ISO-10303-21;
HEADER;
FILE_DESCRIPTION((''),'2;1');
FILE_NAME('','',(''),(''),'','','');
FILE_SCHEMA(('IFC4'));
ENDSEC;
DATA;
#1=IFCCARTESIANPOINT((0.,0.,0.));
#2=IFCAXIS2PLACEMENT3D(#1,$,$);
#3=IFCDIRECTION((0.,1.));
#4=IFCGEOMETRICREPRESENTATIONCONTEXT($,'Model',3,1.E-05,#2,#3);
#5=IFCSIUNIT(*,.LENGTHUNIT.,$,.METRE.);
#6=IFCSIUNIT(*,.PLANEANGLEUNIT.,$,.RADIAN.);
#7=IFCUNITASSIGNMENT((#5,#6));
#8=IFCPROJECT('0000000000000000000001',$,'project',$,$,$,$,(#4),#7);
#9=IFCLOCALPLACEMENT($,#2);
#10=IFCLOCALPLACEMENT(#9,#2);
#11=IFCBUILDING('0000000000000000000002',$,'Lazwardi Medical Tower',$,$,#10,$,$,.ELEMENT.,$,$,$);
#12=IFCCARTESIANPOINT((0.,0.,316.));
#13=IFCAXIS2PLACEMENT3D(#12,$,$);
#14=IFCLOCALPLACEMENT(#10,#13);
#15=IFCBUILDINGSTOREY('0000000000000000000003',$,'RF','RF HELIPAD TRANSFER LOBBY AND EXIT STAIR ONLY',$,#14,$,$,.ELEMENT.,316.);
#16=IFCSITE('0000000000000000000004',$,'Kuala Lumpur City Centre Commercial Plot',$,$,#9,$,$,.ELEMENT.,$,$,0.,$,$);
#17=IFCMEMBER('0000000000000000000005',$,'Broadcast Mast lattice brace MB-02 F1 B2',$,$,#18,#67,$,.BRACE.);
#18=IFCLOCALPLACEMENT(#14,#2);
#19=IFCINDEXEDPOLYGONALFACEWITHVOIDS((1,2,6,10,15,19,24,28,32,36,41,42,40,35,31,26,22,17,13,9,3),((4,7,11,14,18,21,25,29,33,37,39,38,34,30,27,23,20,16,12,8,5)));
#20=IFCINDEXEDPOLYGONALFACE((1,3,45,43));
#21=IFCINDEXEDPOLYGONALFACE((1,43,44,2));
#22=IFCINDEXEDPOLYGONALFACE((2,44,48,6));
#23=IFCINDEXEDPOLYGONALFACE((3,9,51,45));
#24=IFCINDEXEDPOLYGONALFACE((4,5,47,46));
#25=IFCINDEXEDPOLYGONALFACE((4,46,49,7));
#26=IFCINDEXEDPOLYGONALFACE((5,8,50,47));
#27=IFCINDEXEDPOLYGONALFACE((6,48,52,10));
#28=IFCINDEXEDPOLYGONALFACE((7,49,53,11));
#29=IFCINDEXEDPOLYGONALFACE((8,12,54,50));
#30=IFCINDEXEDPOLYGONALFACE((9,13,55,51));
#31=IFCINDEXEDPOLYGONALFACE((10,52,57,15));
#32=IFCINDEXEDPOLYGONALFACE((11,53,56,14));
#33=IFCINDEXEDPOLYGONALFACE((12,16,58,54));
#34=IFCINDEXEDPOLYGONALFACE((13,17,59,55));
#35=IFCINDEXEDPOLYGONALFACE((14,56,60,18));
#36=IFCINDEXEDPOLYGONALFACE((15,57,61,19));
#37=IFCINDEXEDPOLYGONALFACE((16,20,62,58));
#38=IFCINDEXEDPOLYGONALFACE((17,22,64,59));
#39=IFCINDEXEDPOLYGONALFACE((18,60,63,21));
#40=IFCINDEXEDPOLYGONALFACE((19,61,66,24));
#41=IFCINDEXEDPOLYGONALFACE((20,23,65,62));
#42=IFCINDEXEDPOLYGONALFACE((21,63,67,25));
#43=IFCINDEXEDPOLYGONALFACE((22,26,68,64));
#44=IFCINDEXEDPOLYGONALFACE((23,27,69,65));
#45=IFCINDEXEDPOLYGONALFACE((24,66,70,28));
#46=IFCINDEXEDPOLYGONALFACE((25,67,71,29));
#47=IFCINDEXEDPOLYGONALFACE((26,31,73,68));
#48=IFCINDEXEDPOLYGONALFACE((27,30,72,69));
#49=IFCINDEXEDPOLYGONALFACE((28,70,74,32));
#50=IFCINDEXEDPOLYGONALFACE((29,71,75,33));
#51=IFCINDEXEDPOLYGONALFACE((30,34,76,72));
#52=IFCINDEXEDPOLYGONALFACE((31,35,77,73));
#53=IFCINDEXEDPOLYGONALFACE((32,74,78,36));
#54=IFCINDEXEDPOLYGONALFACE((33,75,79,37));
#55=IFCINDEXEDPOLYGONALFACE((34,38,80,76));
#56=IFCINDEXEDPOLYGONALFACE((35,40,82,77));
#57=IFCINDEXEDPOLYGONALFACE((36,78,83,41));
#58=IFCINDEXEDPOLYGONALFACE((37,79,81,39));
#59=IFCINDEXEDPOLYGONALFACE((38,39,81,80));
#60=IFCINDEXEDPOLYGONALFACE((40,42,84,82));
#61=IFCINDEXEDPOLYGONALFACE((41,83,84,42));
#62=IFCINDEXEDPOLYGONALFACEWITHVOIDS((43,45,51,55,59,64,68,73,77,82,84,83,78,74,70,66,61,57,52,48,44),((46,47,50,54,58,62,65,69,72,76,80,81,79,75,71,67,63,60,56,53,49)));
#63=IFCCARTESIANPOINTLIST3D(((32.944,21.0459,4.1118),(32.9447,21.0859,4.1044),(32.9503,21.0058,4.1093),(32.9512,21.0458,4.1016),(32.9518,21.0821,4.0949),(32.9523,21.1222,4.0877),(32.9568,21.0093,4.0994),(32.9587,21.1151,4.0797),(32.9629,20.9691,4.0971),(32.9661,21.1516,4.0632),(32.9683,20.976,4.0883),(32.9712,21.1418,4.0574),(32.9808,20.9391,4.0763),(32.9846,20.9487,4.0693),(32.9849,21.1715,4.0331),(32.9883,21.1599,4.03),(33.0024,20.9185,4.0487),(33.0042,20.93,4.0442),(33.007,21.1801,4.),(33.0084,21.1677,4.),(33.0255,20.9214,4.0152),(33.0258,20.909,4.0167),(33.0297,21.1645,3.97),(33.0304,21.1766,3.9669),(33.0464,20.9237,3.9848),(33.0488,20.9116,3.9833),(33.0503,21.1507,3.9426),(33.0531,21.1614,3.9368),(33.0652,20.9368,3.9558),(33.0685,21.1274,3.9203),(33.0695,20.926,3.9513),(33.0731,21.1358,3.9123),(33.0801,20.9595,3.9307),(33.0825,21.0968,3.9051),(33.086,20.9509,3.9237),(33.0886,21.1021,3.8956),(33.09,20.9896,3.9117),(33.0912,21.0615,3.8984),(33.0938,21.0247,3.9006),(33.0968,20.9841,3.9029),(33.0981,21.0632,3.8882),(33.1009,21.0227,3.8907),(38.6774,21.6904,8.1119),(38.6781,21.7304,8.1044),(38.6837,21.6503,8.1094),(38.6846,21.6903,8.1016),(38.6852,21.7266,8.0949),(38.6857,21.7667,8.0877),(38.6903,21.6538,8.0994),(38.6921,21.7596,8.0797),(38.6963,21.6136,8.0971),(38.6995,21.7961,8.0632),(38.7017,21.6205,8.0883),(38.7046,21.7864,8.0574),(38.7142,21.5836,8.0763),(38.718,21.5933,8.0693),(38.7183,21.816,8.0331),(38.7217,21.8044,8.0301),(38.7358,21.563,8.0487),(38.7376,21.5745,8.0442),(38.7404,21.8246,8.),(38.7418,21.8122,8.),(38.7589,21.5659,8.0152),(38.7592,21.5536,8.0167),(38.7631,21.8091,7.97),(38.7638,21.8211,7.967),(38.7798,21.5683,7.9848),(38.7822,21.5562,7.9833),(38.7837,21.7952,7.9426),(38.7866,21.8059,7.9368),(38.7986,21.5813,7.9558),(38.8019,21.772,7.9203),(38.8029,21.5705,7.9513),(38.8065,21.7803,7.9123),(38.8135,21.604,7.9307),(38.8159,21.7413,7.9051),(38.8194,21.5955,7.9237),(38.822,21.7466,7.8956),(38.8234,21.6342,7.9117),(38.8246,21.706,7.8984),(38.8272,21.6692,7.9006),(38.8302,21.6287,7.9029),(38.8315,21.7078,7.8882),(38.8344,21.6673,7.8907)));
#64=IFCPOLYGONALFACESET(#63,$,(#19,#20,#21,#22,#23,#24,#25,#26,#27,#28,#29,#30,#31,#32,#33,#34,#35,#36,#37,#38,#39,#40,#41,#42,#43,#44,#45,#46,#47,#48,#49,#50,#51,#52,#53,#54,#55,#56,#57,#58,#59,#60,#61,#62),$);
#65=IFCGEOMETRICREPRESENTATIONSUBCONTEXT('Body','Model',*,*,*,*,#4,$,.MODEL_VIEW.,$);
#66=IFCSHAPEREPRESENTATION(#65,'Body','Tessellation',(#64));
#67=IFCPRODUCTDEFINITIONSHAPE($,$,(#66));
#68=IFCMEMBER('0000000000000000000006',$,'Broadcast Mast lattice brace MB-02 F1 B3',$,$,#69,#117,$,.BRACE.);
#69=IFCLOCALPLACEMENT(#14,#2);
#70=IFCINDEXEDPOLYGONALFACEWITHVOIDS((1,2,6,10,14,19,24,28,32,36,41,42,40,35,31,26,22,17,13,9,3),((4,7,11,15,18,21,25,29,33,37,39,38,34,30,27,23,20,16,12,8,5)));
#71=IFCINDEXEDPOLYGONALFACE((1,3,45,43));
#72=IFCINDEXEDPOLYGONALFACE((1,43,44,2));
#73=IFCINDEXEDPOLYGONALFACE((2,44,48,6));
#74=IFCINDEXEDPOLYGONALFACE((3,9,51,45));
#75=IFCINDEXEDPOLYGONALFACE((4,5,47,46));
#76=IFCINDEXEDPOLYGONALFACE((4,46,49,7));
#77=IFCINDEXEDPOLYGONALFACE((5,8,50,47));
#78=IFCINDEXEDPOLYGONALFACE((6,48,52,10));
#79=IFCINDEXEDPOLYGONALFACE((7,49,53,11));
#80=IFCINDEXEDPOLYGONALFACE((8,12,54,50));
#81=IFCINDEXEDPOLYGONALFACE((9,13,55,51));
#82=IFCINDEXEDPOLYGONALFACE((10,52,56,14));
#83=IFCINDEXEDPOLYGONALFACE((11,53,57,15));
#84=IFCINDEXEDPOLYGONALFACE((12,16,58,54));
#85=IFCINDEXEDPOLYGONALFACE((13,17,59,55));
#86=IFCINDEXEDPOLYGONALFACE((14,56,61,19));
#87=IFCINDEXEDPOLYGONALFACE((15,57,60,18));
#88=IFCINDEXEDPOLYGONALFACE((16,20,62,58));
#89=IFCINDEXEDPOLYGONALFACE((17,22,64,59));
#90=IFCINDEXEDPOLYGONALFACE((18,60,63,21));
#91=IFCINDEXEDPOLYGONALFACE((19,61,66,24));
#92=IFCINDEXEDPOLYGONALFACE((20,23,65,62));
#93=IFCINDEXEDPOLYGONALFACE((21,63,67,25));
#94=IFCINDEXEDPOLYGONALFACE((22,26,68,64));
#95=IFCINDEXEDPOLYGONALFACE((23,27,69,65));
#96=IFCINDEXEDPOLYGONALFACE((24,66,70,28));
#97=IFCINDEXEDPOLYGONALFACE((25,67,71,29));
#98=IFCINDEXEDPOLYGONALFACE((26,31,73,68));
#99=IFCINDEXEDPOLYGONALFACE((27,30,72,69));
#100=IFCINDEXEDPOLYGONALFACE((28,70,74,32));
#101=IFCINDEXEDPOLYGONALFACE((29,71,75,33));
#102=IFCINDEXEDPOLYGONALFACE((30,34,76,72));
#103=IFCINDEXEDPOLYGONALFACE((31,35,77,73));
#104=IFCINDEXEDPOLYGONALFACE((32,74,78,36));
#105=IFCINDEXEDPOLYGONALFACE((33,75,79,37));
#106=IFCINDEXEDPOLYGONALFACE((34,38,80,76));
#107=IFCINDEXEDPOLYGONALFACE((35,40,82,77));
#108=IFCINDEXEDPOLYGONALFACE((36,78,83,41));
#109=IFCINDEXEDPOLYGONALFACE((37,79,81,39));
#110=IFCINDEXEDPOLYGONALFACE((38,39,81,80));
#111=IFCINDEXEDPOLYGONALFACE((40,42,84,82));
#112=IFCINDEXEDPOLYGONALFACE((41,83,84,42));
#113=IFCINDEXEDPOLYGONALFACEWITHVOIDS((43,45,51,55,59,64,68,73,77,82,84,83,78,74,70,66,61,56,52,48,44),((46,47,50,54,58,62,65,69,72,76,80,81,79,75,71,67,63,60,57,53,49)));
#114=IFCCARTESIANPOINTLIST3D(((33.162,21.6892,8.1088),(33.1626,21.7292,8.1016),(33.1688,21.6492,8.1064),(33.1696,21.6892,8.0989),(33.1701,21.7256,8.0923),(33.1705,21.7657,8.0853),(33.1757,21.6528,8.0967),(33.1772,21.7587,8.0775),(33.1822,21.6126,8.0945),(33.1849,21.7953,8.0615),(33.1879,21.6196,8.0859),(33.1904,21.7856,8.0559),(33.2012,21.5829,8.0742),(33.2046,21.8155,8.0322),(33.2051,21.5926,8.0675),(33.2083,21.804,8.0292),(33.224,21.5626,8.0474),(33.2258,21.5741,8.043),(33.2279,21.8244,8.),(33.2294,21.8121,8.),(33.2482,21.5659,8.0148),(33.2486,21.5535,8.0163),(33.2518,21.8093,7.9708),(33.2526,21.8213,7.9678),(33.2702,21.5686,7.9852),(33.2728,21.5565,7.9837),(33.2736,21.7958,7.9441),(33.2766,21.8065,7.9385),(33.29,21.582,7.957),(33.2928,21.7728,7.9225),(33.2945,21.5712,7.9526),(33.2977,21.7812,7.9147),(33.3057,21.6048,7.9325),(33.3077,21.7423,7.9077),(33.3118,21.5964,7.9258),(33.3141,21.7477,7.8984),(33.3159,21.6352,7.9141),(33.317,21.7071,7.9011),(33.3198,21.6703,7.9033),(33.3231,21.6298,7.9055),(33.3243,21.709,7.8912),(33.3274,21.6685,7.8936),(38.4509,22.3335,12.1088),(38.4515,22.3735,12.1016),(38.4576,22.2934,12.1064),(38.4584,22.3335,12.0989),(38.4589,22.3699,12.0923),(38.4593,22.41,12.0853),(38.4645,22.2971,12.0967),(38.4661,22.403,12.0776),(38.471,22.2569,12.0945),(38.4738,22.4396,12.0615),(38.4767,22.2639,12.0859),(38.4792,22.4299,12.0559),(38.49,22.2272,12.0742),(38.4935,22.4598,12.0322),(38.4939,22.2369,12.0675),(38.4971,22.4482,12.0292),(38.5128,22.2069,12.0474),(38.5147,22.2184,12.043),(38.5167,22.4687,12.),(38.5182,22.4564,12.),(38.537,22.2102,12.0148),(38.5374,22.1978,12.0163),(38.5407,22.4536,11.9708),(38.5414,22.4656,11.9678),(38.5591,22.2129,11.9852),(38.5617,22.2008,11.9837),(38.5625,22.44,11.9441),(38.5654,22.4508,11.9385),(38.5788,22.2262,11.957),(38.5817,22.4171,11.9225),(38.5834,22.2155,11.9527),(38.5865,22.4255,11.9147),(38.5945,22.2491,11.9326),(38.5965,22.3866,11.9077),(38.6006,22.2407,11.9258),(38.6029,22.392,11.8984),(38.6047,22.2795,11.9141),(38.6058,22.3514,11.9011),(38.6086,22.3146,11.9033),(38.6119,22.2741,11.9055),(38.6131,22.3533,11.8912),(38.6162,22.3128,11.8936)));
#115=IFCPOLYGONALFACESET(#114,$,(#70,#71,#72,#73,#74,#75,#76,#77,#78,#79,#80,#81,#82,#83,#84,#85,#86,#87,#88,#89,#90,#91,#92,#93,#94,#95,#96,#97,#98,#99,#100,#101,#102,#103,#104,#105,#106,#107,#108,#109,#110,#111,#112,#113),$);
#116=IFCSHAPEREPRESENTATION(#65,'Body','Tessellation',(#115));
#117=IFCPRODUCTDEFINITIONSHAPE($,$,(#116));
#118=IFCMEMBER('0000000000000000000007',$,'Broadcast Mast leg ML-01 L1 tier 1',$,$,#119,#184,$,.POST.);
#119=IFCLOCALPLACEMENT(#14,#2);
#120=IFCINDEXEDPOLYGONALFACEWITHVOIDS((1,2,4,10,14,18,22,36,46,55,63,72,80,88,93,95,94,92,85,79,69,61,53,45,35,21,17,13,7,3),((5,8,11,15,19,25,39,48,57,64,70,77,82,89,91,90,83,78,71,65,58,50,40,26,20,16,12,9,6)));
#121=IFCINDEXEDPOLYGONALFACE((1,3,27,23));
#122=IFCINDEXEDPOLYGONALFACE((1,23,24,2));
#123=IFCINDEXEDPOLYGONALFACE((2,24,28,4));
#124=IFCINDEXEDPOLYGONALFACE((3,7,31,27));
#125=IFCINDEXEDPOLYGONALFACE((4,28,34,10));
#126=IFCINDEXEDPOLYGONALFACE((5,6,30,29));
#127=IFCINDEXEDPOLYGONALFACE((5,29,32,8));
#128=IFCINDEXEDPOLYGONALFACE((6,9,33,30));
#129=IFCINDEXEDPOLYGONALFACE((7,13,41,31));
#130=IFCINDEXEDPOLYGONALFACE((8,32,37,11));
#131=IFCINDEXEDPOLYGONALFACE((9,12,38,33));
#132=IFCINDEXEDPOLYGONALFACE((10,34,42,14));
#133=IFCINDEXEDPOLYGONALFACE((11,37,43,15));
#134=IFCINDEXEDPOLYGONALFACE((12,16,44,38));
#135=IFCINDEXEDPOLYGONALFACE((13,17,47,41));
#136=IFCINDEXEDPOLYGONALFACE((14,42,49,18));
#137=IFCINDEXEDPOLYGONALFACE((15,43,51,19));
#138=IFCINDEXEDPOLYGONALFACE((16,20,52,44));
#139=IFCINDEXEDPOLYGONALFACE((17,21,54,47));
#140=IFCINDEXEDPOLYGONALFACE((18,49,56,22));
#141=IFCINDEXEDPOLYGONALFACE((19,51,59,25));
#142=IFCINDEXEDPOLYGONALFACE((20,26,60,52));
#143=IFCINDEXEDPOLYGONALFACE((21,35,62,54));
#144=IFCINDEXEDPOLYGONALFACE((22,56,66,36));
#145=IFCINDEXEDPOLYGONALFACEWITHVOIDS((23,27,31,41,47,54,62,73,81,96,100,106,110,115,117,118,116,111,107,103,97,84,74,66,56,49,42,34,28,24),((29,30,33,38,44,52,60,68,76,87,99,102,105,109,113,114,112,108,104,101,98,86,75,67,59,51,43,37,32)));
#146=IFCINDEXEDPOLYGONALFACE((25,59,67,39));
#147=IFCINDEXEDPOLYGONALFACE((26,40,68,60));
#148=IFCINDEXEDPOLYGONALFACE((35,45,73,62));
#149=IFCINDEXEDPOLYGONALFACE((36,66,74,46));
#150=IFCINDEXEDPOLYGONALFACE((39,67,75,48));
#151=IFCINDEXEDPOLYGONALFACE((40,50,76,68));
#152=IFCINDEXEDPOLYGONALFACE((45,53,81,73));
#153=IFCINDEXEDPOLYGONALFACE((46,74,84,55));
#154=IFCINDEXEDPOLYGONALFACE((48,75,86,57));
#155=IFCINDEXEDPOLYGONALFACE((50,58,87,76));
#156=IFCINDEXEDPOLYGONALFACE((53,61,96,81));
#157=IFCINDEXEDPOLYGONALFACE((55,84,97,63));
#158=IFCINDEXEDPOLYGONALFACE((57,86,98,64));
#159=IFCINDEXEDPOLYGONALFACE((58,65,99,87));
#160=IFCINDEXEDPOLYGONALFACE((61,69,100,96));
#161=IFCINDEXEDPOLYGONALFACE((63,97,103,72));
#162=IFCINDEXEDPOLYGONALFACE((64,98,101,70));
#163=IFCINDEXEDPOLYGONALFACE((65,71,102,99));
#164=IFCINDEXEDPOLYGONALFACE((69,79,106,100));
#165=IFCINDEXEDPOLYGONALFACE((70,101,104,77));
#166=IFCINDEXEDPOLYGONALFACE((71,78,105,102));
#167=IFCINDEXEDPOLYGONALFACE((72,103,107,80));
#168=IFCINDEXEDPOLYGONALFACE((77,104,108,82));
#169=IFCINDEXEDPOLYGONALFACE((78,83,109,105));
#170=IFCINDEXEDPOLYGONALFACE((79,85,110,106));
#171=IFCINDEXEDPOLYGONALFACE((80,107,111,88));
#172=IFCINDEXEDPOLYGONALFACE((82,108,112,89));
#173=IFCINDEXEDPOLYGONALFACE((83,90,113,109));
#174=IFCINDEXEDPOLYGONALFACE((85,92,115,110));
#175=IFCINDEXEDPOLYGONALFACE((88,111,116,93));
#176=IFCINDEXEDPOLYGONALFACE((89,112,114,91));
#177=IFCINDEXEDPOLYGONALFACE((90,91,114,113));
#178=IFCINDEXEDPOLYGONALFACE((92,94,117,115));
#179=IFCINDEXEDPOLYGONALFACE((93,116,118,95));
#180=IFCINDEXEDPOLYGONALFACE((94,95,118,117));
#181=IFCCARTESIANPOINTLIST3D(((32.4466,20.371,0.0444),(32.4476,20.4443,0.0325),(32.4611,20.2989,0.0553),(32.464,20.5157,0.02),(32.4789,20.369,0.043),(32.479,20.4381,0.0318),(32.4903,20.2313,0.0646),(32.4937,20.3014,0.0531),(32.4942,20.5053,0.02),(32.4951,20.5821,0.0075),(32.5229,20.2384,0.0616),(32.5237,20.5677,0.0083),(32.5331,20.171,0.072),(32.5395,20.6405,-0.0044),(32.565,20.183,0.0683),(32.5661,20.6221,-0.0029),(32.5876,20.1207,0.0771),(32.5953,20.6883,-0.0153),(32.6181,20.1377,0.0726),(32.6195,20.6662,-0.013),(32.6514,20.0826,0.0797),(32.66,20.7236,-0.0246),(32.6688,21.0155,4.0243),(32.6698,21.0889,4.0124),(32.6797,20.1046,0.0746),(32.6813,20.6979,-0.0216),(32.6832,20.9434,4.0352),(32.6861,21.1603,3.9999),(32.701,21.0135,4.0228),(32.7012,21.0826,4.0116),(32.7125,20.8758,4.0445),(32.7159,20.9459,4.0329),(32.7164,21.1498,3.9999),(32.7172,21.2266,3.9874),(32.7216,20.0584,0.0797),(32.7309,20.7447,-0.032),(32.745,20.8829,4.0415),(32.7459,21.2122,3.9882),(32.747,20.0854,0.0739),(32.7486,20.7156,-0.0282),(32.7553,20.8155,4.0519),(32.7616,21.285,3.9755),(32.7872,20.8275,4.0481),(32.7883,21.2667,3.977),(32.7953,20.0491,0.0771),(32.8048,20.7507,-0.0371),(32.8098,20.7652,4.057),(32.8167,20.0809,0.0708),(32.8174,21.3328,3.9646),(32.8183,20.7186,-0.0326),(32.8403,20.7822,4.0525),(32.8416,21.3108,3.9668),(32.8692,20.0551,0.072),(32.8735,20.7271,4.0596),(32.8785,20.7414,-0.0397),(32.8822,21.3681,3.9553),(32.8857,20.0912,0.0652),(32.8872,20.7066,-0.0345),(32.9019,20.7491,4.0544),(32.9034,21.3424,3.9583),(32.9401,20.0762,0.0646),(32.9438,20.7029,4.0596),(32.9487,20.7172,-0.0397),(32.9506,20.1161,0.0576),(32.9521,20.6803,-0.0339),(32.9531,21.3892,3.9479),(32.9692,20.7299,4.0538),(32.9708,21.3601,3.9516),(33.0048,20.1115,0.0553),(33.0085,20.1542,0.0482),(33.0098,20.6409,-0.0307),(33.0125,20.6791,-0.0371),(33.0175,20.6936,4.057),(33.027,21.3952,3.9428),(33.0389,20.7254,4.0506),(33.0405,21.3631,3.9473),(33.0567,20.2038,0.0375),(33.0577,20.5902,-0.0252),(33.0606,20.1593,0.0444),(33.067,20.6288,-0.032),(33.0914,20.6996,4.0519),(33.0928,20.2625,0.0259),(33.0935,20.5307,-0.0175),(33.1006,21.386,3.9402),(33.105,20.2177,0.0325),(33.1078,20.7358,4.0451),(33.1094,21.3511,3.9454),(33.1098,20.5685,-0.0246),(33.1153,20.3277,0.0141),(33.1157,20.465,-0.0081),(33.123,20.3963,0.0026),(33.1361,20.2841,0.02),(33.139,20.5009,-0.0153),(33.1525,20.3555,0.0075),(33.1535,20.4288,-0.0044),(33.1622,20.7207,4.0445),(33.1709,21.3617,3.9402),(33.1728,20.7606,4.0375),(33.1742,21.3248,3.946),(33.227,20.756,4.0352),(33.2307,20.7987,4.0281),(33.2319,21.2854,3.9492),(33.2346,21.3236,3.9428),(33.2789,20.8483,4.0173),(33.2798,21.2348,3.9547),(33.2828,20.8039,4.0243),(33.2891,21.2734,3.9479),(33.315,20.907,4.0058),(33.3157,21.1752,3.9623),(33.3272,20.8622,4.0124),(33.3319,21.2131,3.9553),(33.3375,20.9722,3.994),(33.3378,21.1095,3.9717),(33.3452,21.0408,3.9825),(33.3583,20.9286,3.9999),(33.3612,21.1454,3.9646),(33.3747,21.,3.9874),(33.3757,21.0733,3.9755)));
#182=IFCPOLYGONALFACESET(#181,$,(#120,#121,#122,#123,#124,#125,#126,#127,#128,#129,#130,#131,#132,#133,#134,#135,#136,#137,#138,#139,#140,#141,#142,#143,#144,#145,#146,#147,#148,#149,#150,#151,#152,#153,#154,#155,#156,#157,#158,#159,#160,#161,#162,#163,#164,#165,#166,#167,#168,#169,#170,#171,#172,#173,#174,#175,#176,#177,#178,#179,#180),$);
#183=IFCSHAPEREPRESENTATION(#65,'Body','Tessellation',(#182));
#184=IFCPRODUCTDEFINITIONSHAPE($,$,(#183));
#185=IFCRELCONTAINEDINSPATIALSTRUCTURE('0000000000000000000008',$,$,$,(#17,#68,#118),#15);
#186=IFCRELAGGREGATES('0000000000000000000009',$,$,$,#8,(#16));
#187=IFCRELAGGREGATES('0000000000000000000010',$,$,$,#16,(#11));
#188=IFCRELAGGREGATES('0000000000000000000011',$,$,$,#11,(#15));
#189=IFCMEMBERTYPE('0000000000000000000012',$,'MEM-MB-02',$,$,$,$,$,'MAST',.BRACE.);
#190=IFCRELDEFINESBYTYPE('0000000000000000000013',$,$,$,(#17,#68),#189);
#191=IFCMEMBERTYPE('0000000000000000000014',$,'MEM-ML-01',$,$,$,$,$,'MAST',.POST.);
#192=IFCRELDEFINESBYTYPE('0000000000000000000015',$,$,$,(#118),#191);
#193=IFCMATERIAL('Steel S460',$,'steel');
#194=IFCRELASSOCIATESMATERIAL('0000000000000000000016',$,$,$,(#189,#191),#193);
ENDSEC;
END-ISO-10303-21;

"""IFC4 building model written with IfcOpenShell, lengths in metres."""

from ifc_helpers import new_model, si_unit, direction, frame, origin, origin_2d, place, context, subcontext, project, spatial, hollow_circle, extrude, material, material_profile, profile_set, type_object, element, save


model = new_model("IFC4")

# Units and contexts
model_context = context("Model", 3, precision=1e-05, world=origin(), true_north=direction((0.0, 1.0)))
body_context = subcontext(model_context, "Body", "Model", "MODEL_VIEW")
ifc_project = project(units=[si_unit("LENGTHUNIT", "METRE"), si_unit("PLANEANGLEUNIT", "RADIAN")], contexts=[model_context])

# Site, building, storey
site_placement = place(None, origin())
site = spatial("IfcSite", under=ifc_project, at=site_placement, Name="Kuala Lumpur City Centre Commercial Plot", CompositionType="ELEMENT", RefElevation=0.0)
building_placement = place(site_placement, origin())
building = spatial("IfcBuilding", under=site, at=building_placement, Name="Lazwardi Medical Tower", CompositionType="ELEMENT")
storey_placement = place(building_placement, frame((0.0, 0.0, 316.0)))
storey = spatial("IfcBuildingStorey", under=building, at=storey_placement, Name="RF", Description="RF HELIPAD TRANSFER LOBBY AND EXIT STAIR ONLY", CompositionType="ELEMENT", Elevation=316.0)

# Members
ifc_material_1 = material(Name="Steel S460", Category="steel")
ifc_material_profile_1 = material_profile(ifc_material_1, hollow_circle(Radius=0.1365, WallThickness=0.0125, at=origin_2d()), Name="CHS 273x12.5")
ifc_profile_set_1 = profile_set([ifc_material_profile_1], Name="Steel S460")
member_type_1 = type_object("IfcMemberType", Name="MEM-MB-02", ElementType="MAST", PredefinedType="BRACE", material=ifc_profile_set_1)
member_1_placement = place(storey_placement, frame((33.0222, 21.0444, 4.0), z_axis=(0.816666, 0.091807, 0.569761), x_axis=(-0.111713, 0.99374, 0.0)))
element("IfcMember", 1, at=member_1_placement, inside=storey, type_object=member_type_1, Name="Broadcast Mast lattice brace MB-02 F1 B2", PredefinedType="BRACE", context=body_context, shape_type="SweptSolid", body=[
    extrude(hollow_circle(Radius=0.1365, WallThickness=0.0125, at=origin_2d()), origin(), (0.0, 0.0, 1.0), 7.0205),
])
member_2_placement = place(storey_placement, frame((33.2444, 21.689, 8.0), z_axis=(0.793839, 0.096706, 0.60039), x_axis=(-0.120927, 0.992661, 0.0)))
element("IfcMember", 2, at=member_2_placement, inside=storey, type_object=member_type_1, Name="Broadcast Mast lattice brace MB-02 F1 B3", PredefinedType="BRACE", context=body_context, shape_type="SweptSolid", body=[
    extrude(hollow_circle(Radius=0.1365, WallThickness=0.0125, at=origin_2d()), origin(), (0.0, 0.0, 1.0), 6.6624),
])
ifc_material_profile_2 = material_profile(ifc_material_1, hollow_circle(Radius=0.3555, WallThickness=0.032, at=origin_2d()), Name="CHS 711x32")
ifc_profile_set_2 = profile_set([ifc_material_profile_2], Name="Steel S460")
member_type_2 = type_object("IfcMemberType", Name="MEM-ML-01", ElementType="MAST", PredefinedType="POST", material=ifc_profile_set_2)
member_3_placement = place(storey_placement, frame((32.8, 20.3999, 0.02), z_axis=(0.05502, 0.159619, 0.985644), x_axis=(-0.945411, 0.32588, 0.0)))
element("IfcMember", 3, at=member_3_placement, inside=storey, type_object=member_type_2, Name="Broadcast Mast leg ML-01 L1 tier 1", PredefinedType="POST", context=body_context, shape_type="SweptSolid", body=[
    extrude(hollow_circle(Radius=0.3555, WallThickness=0.032, at=origin_2d()), origin(), (0.0, 0.0, 1.0), 4.0378),
])

save(model, "model.ifc")
